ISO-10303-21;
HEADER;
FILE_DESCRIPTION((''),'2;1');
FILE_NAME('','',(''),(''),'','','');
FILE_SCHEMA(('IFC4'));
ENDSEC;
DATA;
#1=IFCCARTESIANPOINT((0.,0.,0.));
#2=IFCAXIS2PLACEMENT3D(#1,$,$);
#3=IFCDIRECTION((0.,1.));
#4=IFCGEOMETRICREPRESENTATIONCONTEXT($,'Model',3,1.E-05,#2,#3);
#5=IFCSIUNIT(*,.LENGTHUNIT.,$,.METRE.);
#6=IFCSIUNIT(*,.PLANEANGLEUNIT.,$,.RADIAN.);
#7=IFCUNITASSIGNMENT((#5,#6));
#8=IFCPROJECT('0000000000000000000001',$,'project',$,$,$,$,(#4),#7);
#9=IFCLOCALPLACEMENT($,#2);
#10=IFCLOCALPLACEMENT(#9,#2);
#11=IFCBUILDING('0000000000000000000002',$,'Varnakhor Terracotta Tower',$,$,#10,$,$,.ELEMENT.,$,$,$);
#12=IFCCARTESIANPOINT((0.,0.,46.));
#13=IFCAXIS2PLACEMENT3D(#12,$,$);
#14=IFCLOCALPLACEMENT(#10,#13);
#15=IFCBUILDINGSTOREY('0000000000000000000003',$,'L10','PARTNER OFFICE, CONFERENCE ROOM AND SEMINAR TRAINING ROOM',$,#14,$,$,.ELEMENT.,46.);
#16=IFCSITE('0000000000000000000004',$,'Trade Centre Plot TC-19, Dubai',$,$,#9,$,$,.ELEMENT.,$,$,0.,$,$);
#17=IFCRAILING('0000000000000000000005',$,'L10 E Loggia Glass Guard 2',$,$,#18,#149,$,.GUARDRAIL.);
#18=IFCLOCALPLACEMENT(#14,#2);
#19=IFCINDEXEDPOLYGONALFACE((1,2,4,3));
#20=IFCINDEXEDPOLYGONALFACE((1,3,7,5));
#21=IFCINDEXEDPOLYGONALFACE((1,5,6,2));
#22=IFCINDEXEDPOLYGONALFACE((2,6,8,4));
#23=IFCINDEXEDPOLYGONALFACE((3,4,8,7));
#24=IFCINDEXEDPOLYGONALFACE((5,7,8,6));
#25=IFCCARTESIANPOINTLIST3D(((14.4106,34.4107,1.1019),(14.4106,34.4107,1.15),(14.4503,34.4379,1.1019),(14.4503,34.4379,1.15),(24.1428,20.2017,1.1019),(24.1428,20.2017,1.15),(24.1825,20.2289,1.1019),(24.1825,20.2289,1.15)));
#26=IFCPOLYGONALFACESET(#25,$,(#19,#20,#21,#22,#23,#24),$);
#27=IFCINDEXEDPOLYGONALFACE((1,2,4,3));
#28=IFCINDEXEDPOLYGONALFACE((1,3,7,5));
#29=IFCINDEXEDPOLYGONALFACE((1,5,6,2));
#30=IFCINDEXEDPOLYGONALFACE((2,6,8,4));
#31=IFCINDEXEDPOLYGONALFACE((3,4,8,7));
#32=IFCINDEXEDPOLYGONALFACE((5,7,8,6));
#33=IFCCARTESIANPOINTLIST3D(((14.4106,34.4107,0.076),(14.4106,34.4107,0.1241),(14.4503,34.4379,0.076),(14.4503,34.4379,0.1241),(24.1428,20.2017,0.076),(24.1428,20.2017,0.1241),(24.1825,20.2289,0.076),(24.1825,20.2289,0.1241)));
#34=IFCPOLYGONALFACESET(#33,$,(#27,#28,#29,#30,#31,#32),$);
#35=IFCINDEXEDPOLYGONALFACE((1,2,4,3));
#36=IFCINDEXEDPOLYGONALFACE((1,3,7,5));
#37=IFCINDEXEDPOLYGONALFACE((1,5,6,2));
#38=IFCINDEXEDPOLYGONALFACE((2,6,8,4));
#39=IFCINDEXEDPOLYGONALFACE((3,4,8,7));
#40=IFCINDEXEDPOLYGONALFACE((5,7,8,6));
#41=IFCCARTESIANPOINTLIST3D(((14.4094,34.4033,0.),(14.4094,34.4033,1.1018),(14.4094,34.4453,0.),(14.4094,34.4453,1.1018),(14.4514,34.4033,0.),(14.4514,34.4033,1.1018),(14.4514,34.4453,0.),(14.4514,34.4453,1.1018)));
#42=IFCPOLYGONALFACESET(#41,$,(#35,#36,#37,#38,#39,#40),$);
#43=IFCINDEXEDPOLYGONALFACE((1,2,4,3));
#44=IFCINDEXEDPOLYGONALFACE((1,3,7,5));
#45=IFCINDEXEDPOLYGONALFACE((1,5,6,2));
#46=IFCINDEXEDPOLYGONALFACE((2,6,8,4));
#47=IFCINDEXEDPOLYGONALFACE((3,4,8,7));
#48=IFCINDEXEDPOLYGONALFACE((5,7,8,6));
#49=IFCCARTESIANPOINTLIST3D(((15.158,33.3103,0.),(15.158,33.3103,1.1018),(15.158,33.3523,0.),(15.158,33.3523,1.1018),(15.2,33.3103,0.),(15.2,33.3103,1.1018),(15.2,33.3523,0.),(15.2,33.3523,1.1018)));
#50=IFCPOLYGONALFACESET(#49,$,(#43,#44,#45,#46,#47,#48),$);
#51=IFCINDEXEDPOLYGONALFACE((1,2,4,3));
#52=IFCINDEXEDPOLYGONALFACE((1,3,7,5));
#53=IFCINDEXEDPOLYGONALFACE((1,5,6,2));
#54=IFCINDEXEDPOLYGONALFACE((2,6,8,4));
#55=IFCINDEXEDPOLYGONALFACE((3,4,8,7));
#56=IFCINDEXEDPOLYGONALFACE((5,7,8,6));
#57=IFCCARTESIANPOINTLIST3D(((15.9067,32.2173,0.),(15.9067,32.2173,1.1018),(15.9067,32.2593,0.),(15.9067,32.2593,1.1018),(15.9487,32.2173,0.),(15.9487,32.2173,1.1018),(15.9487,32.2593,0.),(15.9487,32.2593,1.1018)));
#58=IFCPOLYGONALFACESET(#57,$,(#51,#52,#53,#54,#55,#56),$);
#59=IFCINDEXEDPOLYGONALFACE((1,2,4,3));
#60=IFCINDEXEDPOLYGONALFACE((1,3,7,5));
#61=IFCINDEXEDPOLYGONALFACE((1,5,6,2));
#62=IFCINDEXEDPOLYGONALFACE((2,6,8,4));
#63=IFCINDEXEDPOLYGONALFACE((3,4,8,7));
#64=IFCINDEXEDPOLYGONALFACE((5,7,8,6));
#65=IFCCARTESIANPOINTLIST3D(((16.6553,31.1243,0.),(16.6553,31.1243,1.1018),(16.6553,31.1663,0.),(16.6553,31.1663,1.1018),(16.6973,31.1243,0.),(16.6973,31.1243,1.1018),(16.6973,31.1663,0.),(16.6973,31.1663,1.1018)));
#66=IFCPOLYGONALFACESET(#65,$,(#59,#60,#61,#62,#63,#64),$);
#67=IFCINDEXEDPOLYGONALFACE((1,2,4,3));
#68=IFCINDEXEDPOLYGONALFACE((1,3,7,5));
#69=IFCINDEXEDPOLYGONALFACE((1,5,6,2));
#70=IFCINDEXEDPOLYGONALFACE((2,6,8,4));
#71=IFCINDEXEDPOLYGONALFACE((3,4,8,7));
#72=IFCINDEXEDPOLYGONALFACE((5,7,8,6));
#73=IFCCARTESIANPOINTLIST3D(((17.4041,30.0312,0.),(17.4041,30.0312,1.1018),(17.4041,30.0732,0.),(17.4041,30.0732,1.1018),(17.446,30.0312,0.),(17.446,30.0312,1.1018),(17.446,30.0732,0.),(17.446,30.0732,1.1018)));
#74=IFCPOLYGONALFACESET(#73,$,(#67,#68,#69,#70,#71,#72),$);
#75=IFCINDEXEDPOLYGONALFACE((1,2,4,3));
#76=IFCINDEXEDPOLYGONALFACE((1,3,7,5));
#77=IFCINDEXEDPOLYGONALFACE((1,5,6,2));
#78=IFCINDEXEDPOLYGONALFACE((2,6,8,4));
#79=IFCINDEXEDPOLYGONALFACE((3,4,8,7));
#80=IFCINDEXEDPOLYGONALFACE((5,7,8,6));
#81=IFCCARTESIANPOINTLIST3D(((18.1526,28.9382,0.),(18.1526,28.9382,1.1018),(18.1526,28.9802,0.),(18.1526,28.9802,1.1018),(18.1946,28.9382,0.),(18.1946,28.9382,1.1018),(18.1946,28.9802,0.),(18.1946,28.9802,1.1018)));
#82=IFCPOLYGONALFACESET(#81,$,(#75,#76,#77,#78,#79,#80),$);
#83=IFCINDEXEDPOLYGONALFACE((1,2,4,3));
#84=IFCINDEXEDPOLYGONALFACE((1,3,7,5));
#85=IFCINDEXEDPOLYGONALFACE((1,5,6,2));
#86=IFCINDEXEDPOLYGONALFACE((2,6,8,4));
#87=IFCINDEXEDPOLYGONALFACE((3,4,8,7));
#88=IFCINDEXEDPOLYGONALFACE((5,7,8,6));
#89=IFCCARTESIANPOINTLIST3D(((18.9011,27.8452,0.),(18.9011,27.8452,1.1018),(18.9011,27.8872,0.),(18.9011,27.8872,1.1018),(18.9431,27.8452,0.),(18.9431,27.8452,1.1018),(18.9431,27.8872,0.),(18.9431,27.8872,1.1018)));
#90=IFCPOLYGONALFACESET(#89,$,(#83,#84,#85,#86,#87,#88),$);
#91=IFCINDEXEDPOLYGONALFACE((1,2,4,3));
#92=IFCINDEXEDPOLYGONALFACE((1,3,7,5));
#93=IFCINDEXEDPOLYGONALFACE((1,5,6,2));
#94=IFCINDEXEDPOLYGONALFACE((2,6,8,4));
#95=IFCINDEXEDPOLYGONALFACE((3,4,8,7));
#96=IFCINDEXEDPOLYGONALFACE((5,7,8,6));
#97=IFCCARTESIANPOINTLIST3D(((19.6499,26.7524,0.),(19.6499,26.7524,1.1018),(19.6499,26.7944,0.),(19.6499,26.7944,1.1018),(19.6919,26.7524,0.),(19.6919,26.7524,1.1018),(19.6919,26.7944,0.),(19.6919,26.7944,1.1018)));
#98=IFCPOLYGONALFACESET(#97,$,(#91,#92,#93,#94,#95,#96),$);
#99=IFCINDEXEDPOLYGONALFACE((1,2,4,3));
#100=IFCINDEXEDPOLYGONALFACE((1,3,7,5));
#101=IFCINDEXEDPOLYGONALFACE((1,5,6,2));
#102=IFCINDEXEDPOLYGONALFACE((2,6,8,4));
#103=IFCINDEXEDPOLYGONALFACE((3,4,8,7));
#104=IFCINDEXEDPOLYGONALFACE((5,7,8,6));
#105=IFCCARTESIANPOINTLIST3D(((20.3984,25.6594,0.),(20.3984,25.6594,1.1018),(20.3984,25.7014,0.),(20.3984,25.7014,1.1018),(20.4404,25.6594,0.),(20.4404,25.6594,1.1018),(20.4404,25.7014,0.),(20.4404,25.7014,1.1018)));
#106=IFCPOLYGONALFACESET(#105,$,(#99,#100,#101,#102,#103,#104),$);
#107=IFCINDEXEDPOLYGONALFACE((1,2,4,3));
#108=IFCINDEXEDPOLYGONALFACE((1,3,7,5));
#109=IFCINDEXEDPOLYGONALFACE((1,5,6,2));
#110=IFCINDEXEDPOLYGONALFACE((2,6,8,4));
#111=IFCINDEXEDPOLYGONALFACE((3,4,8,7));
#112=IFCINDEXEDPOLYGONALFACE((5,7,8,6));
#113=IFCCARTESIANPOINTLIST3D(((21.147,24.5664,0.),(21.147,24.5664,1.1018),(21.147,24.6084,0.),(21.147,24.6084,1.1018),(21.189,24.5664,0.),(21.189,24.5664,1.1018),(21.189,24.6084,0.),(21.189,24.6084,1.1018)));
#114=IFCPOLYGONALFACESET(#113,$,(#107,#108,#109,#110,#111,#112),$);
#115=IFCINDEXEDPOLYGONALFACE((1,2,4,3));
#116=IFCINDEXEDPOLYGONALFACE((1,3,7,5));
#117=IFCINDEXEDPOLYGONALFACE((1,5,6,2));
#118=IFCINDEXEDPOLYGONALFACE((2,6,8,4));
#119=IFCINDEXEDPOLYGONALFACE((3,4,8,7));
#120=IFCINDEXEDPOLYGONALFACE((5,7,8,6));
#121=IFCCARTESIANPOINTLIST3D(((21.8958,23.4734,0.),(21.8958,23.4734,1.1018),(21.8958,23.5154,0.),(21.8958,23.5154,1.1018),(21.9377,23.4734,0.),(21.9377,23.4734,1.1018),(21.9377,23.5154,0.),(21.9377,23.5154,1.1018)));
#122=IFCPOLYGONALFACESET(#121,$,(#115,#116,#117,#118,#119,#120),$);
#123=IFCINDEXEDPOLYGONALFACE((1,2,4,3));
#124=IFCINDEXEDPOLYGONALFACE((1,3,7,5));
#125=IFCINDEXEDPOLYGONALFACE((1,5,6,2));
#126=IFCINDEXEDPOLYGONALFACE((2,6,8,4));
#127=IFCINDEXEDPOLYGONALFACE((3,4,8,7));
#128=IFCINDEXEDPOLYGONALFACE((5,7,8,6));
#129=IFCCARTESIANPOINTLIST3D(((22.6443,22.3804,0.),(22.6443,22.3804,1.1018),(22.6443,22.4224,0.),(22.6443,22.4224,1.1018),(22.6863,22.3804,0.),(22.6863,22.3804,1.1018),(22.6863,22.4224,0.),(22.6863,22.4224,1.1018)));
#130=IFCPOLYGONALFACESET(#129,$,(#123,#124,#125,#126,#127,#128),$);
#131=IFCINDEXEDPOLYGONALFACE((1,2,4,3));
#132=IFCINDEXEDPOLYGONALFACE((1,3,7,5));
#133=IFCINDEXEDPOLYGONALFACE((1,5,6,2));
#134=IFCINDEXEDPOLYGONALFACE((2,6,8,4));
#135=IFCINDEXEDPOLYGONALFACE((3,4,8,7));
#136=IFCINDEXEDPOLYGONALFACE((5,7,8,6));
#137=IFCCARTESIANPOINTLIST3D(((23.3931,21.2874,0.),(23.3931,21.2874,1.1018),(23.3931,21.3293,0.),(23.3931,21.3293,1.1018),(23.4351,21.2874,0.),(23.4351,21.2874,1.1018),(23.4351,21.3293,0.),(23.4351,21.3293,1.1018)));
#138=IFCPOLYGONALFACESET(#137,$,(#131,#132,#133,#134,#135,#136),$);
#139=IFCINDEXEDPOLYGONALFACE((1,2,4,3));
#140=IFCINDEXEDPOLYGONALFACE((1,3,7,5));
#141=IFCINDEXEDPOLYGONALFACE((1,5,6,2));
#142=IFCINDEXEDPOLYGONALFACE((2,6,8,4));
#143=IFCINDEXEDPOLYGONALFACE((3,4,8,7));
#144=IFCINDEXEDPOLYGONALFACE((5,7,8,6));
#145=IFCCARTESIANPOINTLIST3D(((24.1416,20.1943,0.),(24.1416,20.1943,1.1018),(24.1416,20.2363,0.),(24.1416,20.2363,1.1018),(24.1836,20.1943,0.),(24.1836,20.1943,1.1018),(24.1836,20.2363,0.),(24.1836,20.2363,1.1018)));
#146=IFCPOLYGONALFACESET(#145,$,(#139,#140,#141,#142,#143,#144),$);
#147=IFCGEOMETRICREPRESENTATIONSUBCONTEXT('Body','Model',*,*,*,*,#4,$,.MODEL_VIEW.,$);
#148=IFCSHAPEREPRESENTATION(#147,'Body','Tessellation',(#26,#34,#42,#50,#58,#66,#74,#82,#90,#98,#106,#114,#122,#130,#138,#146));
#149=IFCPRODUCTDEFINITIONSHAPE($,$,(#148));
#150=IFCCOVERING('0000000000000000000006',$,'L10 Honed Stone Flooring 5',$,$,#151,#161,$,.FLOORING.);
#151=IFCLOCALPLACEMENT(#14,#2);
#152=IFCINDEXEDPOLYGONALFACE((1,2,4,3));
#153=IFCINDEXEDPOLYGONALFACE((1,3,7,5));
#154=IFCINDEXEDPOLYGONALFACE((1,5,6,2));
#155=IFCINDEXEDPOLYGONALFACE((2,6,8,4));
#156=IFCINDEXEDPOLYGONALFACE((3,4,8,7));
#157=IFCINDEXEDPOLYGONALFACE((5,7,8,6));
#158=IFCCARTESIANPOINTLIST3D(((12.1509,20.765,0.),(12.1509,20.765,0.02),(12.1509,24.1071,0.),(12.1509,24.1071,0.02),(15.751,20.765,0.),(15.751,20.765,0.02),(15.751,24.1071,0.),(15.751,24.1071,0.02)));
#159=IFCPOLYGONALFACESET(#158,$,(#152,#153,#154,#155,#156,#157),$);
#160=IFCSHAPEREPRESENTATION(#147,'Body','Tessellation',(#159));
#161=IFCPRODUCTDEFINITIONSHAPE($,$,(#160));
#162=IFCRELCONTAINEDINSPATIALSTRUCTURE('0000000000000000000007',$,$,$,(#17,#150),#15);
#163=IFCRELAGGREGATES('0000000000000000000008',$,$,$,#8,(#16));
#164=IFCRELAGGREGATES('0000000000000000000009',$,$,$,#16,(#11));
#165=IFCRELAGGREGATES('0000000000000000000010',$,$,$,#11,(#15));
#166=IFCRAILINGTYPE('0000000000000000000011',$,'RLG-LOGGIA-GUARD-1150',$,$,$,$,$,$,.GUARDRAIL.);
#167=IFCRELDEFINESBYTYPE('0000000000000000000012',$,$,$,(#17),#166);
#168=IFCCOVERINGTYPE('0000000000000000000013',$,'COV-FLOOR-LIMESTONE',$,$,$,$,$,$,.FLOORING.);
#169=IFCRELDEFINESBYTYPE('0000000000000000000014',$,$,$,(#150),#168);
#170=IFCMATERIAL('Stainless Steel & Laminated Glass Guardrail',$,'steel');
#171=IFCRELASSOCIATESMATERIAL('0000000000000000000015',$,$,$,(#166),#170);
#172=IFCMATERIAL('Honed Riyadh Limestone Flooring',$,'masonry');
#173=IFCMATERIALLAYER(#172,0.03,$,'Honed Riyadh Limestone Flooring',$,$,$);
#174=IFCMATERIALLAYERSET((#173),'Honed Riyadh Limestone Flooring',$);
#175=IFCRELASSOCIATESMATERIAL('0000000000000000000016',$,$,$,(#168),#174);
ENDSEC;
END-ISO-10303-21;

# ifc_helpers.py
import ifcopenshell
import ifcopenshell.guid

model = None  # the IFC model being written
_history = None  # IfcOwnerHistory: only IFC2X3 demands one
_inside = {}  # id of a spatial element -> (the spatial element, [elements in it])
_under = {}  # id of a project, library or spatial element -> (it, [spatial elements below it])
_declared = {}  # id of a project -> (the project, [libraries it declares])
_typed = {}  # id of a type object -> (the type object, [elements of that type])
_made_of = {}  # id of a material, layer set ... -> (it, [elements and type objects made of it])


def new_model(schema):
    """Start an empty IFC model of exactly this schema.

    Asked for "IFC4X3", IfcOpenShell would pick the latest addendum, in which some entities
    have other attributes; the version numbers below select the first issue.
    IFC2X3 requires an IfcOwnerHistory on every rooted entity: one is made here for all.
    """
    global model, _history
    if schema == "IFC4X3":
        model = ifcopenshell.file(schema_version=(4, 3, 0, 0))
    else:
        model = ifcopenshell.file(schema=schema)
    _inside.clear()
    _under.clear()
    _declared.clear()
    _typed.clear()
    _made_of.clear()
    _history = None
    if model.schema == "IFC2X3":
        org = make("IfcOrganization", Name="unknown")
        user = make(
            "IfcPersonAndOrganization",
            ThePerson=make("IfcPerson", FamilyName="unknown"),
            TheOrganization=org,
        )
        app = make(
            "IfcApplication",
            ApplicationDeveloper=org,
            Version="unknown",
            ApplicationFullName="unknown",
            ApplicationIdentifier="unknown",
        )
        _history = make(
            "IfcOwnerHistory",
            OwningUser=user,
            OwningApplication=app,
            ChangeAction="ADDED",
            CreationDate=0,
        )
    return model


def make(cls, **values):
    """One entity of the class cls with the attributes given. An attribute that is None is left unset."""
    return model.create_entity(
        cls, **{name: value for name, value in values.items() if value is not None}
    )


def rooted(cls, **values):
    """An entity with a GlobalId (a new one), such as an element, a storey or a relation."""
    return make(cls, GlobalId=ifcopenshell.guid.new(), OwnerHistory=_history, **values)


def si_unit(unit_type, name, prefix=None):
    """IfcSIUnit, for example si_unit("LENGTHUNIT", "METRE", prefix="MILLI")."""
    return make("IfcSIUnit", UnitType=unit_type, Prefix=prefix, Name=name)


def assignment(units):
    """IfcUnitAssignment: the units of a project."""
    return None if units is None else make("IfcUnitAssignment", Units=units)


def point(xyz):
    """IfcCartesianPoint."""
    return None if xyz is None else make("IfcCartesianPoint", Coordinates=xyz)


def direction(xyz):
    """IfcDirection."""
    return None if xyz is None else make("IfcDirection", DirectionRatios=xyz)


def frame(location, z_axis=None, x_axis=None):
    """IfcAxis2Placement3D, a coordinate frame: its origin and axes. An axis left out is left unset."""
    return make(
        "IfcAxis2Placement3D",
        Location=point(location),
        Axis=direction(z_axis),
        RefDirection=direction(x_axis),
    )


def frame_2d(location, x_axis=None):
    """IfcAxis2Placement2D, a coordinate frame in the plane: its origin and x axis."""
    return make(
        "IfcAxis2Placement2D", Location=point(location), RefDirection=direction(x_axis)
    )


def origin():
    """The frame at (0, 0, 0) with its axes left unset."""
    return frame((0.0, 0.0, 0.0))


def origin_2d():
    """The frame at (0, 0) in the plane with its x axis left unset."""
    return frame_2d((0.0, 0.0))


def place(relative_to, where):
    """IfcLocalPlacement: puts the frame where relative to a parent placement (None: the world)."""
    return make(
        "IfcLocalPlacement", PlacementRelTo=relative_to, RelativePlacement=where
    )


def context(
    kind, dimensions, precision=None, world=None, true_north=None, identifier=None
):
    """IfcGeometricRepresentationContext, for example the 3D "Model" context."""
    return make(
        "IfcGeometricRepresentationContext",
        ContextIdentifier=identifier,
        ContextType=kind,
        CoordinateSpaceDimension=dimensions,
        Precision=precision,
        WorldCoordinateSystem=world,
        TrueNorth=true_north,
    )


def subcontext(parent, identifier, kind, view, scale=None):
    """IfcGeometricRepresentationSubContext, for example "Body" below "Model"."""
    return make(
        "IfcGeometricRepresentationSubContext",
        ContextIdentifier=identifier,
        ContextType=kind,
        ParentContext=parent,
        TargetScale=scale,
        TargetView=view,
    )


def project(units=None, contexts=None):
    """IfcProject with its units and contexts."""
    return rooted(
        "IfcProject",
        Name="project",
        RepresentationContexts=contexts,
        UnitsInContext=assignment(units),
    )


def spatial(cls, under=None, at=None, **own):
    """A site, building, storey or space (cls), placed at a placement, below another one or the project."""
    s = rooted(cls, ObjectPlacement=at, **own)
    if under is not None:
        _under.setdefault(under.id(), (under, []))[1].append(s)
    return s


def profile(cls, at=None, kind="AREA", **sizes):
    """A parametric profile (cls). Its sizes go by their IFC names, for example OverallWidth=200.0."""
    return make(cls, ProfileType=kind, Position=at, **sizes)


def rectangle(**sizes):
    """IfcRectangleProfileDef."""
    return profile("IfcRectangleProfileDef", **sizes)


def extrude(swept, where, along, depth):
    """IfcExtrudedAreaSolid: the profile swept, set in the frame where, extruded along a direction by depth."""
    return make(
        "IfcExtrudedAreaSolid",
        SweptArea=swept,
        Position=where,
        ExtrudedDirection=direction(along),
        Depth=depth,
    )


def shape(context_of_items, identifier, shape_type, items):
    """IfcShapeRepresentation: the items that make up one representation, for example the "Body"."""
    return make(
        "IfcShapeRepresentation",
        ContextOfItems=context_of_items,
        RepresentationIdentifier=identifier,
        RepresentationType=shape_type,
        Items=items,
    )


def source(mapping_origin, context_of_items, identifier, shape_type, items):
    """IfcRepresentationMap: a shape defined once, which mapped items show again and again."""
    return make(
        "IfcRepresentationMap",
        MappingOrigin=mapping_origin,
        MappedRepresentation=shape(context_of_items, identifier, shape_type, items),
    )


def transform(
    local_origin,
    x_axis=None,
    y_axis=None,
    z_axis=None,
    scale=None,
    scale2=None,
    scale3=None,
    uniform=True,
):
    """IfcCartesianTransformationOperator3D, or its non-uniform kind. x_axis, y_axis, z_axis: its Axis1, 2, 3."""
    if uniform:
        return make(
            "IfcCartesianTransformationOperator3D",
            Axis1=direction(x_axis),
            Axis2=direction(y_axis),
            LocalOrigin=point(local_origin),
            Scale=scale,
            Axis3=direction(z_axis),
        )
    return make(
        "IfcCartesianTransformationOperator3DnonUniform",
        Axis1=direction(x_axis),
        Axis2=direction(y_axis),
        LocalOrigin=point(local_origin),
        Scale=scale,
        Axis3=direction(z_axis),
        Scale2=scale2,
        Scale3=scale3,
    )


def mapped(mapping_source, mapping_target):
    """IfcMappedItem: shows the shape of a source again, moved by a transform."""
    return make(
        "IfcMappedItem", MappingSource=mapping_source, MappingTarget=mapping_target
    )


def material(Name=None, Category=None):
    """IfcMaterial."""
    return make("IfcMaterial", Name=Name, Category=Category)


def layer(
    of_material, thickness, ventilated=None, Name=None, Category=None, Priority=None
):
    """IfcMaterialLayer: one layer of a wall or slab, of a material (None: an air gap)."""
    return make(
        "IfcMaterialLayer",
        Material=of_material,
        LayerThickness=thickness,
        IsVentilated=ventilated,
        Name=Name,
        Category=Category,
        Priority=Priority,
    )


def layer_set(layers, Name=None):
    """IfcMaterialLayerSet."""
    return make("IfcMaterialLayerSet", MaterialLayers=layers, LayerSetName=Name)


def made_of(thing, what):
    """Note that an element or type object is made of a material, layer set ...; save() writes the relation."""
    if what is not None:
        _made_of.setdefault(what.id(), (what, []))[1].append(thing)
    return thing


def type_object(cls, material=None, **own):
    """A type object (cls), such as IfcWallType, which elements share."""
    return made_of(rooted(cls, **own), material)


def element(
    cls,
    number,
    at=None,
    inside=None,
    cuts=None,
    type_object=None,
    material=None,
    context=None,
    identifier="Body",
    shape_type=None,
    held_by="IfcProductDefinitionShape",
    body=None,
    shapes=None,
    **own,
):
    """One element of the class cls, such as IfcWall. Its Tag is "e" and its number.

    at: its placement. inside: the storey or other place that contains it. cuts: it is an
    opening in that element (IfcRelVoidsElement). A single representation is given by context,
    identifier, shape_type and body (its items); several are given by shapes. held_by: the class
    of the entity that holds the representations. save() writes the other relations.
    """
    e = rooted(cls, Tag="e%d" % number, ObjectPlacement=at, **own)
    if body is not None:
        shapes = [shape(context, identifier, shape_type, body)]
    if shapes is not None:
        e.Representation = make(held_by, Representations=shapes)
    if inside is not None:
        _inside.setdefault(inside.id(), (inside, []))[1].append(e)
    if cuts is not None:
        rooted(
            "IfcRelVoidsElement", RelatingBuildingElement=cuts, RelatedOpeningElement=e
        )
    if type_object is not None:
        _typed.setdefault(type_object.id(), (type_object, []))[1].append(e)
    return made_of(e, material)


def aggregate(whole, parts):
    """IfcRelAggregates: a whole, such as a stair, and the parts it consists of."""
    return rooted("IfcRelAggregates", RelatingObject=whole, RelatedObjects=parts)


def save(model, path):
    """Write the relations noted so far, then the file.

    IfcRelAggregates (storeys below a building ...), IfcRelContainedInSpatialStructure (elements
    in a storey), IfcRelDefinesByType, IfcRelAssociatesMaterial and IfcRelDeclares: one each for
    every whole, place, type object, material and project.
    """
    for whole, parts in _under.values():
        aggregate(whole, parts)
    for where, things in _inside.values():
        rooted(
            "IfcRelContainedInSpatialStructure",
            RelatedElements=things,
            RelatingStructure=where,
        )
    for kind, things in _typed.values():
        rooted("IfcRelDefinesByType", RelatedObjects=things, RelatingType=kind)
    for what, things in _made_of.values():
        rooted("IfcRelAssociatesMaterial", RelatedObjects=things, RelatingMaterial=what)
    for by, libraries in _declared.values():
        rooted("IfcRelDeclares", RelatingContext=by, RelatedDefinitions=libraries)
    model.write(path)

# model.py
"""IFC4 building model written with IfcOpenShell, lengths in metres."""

from ifc_helpers import new_model, si_unit, direction, frame, origin, origin_2d, place, context, subcontext, project, spatial, rectangle, extrude, source, transform, mapped, material, layer, layer_set, type_object, element, save


model = new_model("IFC4")

# Units and contexts
model_context = context("Model", 3, precision=1e-05, world=origin(), true_north=direction((0.0, 1.0)))
body_context = subcontext(model_context, "Body", "Model", "MODEL_VIEW")
ifc_project = project(units=[si_unit("LENGTHUNIT", "METRE"), si_unit("PLANEANGLEUNIT", "RADIAN")], contexts=[model_context])

# Site, building, storey
site_placement = place(None, origin())
site = spatial("IfcSite", under=ifc_project, at=site_placement, Name="Trade Centre Plot TC-19, Dubai", CompositionType="ELEMENT", RefElevation=0.0)
building_placement = place(site_placement, origin())
building = spatial("IfcBuilding", under=site, at=building_placement, Name="Varnakhor Terracotta Tower", CompositionType="ELEMENT")
storey_placement = place(building_placement, frame((0.0, 0.0, 46.0)))
storey = spatial("IfcBuildingStorey", under=building, at=storey_placement, Name="L10", Description="PARTNER OFFICE, CONFERENCE ROOM AND SEMINAR TRAINING ROOM", CompositionType="ELEMENT", Elevation=46.0)

# Railing
ifc_material_1 = material(Name="Stainless Steel & Laminated Glass Guardrail", Category="steel")
railing_type = type_object("IfcRailingType", Name="RLG-LOGGIA-GUARD-1150", PredefinedType="GUARDRAIL", material=ifc_material_1)
railing_1_placement = place(storey_placement, frame((14.4304, 34.4243, 0.0)))
element("IfcRailing", 1, at=railing_1_placement, inside=storey, type_object=railing_type, Name="L10 E Loggia Glass Guard 2", PredefinedType="GUARDRAIL", context=body_context, shape_type="SweptSolid", body=[
    extrude(rectangle(XDim=0.0481, YDim=0.0481, at=origin_2d()), frame((0.0, 0.0, 1.126), z_axis=(0.565089, -0.82503, 0.0), x_axis=(0.82503, 0.565089, 0.0)), (0.0, 0.0, 1.0), 17.2224),
    extrude(rectangle(XDim=0.0481, YDim=0.0481, at=origin_2d()), frame((0.0, 0.0, 0.1001), z_axis=(0.565089, -0.82503, 0.0), x_axis=(0.82503, 0.565089, 0.0)), (0.0, 0.0, 1.0), 17.2224),
    extrude(rectangle(XDim=0.042, YDim=0.042, at=origin_2d()), origin(), (0.0, 0.0, 1.0), 1.1018),
    extrude(rectangle(XDim=0.042, YDim=0.042, at=origin_2d()), frame((0.7485, -1.093, 0.0)), (0.0, 0.0, 1.0), 1.1018),
    extrude(rectangle(XDim=0.042, YDim=0.042, at=origin_2d()), frame((1.4973, -2.186, 0.0)), (0.0, 0.0, 1.0), 1.1018),
    extrude(rectangle(XDim=0.042, YDim=0.042, at=origin_2d()), frame((2.2458, -3.2791, 0.0)), (0.0, 0.0, 1.0), 1.1018),
    extrude(rectangle(XDim=0.042, YDim=0.042, at=origin_2d()), frame((2.9946, -4.3721, 0.0)), (0.0, 0.0, 1.0), 1.1018),
    extrude(rectangle(XDim=0.042, YDim=0.042, at=origin_2d()), frame((3.7432, -5.4651, 0.0)), (0.0, 0.0, 1.0), 1.1018),
    extrude(rectangle(XDim=0.042, YDim=0.042, at=origin_2d()), frame((4.4917, -6.5581, 0.0)), (0.0, 0.0, 1.0), 1.1018),
    extrude(rectangle(XDim=0.042, YDim=0.042, at=origin_2d()), frame((5.2405, -7.6509, 0.0)), (0.0, 0.0, 1.0), 1.1018),
    extrude(rectangle(XDim=0.042, YDim=0.042, at=origin_2d()), frame((5.989, -8.7439, 0.0)), (0.0, 0.0, 1.0), 1.1018),
    extrude(rectangle(XDim=0.042, YDim=0.042, at=origin_2d()), frame((6.7375, -9.8369, 0.0)), (0.0, 0.0, 1.0), 1.1018),
    extrude(rectangle(XDim=0.042, YDim=0.042, at=origin_2d()), frame((7.4863, -10.9299, 0.0)), (0.0, 0.0, 1.0), 1.1018),
    extrude(rectangle(XDim=0.042, YDim=0.042, at=origin_2d()), frame((8.2349, -12.0229, 0.0)), (0.0, 0.0, 1.0), 1.1018),
    extrude(rectangle(XDim=0.042, YDim=0.042, at=origin_2d()), frame((8.9836, -13.116, 0.0)), (0.0, 0.0, 1.0), 1.1018),
    extrude(rectangle(XDim=0.042, YDim=0.042, at=origin_2d()), frame((9.7322, -14.209, 0.0)), (0.0, 0.0, 1.0), 1.1018),
])

# Covering
ifc_material_2 = material(Name="Honed Riyadh Limestone Flooring", Category="masonry")
ifc_layer_1 = layer(ifc_material_2, 0.03, Name="Honed Riyadh Limestone Flooring")
ifc_layer_set_1 = layer_set([ifc_layer_1], Name="Honed Riyadh Limestone Flooring")
covering_type = type_object("IfcCoveringType", Name="COV-FLOOR-LIMESTONE", PredefinedType="FLOORING", material=ifc_layer_set_1)
shared_shape_1 = source(origin(), body_context, "Body", "SweptSolid", [
    extrude(rectangle(XDim=3.6001, YDim=3.342, at=origin_2d()), origin(), (0.0, 0.0, 1.0), 0.02),
])
covering_placement = place(storey_placement, frame((13.9509, 22.436, 0.0), z_axis=(0.0, 0.0, 1.0), x_axis=(1.0, 0.0, 0.0)))
element("IfcCovering", 2, at=covering_placement, inside=storey, type_object=covering_type, Name="L10 Honed Stone Flooring 5", PredefinedType="FLOORING", context=body_context, shape_type="MappedRepresentation", body=[
    mapped(shared_shape_1, transform((0.0, 0.0, 0.0), scale=1.0)),
])

save(model, "model.ifc")
